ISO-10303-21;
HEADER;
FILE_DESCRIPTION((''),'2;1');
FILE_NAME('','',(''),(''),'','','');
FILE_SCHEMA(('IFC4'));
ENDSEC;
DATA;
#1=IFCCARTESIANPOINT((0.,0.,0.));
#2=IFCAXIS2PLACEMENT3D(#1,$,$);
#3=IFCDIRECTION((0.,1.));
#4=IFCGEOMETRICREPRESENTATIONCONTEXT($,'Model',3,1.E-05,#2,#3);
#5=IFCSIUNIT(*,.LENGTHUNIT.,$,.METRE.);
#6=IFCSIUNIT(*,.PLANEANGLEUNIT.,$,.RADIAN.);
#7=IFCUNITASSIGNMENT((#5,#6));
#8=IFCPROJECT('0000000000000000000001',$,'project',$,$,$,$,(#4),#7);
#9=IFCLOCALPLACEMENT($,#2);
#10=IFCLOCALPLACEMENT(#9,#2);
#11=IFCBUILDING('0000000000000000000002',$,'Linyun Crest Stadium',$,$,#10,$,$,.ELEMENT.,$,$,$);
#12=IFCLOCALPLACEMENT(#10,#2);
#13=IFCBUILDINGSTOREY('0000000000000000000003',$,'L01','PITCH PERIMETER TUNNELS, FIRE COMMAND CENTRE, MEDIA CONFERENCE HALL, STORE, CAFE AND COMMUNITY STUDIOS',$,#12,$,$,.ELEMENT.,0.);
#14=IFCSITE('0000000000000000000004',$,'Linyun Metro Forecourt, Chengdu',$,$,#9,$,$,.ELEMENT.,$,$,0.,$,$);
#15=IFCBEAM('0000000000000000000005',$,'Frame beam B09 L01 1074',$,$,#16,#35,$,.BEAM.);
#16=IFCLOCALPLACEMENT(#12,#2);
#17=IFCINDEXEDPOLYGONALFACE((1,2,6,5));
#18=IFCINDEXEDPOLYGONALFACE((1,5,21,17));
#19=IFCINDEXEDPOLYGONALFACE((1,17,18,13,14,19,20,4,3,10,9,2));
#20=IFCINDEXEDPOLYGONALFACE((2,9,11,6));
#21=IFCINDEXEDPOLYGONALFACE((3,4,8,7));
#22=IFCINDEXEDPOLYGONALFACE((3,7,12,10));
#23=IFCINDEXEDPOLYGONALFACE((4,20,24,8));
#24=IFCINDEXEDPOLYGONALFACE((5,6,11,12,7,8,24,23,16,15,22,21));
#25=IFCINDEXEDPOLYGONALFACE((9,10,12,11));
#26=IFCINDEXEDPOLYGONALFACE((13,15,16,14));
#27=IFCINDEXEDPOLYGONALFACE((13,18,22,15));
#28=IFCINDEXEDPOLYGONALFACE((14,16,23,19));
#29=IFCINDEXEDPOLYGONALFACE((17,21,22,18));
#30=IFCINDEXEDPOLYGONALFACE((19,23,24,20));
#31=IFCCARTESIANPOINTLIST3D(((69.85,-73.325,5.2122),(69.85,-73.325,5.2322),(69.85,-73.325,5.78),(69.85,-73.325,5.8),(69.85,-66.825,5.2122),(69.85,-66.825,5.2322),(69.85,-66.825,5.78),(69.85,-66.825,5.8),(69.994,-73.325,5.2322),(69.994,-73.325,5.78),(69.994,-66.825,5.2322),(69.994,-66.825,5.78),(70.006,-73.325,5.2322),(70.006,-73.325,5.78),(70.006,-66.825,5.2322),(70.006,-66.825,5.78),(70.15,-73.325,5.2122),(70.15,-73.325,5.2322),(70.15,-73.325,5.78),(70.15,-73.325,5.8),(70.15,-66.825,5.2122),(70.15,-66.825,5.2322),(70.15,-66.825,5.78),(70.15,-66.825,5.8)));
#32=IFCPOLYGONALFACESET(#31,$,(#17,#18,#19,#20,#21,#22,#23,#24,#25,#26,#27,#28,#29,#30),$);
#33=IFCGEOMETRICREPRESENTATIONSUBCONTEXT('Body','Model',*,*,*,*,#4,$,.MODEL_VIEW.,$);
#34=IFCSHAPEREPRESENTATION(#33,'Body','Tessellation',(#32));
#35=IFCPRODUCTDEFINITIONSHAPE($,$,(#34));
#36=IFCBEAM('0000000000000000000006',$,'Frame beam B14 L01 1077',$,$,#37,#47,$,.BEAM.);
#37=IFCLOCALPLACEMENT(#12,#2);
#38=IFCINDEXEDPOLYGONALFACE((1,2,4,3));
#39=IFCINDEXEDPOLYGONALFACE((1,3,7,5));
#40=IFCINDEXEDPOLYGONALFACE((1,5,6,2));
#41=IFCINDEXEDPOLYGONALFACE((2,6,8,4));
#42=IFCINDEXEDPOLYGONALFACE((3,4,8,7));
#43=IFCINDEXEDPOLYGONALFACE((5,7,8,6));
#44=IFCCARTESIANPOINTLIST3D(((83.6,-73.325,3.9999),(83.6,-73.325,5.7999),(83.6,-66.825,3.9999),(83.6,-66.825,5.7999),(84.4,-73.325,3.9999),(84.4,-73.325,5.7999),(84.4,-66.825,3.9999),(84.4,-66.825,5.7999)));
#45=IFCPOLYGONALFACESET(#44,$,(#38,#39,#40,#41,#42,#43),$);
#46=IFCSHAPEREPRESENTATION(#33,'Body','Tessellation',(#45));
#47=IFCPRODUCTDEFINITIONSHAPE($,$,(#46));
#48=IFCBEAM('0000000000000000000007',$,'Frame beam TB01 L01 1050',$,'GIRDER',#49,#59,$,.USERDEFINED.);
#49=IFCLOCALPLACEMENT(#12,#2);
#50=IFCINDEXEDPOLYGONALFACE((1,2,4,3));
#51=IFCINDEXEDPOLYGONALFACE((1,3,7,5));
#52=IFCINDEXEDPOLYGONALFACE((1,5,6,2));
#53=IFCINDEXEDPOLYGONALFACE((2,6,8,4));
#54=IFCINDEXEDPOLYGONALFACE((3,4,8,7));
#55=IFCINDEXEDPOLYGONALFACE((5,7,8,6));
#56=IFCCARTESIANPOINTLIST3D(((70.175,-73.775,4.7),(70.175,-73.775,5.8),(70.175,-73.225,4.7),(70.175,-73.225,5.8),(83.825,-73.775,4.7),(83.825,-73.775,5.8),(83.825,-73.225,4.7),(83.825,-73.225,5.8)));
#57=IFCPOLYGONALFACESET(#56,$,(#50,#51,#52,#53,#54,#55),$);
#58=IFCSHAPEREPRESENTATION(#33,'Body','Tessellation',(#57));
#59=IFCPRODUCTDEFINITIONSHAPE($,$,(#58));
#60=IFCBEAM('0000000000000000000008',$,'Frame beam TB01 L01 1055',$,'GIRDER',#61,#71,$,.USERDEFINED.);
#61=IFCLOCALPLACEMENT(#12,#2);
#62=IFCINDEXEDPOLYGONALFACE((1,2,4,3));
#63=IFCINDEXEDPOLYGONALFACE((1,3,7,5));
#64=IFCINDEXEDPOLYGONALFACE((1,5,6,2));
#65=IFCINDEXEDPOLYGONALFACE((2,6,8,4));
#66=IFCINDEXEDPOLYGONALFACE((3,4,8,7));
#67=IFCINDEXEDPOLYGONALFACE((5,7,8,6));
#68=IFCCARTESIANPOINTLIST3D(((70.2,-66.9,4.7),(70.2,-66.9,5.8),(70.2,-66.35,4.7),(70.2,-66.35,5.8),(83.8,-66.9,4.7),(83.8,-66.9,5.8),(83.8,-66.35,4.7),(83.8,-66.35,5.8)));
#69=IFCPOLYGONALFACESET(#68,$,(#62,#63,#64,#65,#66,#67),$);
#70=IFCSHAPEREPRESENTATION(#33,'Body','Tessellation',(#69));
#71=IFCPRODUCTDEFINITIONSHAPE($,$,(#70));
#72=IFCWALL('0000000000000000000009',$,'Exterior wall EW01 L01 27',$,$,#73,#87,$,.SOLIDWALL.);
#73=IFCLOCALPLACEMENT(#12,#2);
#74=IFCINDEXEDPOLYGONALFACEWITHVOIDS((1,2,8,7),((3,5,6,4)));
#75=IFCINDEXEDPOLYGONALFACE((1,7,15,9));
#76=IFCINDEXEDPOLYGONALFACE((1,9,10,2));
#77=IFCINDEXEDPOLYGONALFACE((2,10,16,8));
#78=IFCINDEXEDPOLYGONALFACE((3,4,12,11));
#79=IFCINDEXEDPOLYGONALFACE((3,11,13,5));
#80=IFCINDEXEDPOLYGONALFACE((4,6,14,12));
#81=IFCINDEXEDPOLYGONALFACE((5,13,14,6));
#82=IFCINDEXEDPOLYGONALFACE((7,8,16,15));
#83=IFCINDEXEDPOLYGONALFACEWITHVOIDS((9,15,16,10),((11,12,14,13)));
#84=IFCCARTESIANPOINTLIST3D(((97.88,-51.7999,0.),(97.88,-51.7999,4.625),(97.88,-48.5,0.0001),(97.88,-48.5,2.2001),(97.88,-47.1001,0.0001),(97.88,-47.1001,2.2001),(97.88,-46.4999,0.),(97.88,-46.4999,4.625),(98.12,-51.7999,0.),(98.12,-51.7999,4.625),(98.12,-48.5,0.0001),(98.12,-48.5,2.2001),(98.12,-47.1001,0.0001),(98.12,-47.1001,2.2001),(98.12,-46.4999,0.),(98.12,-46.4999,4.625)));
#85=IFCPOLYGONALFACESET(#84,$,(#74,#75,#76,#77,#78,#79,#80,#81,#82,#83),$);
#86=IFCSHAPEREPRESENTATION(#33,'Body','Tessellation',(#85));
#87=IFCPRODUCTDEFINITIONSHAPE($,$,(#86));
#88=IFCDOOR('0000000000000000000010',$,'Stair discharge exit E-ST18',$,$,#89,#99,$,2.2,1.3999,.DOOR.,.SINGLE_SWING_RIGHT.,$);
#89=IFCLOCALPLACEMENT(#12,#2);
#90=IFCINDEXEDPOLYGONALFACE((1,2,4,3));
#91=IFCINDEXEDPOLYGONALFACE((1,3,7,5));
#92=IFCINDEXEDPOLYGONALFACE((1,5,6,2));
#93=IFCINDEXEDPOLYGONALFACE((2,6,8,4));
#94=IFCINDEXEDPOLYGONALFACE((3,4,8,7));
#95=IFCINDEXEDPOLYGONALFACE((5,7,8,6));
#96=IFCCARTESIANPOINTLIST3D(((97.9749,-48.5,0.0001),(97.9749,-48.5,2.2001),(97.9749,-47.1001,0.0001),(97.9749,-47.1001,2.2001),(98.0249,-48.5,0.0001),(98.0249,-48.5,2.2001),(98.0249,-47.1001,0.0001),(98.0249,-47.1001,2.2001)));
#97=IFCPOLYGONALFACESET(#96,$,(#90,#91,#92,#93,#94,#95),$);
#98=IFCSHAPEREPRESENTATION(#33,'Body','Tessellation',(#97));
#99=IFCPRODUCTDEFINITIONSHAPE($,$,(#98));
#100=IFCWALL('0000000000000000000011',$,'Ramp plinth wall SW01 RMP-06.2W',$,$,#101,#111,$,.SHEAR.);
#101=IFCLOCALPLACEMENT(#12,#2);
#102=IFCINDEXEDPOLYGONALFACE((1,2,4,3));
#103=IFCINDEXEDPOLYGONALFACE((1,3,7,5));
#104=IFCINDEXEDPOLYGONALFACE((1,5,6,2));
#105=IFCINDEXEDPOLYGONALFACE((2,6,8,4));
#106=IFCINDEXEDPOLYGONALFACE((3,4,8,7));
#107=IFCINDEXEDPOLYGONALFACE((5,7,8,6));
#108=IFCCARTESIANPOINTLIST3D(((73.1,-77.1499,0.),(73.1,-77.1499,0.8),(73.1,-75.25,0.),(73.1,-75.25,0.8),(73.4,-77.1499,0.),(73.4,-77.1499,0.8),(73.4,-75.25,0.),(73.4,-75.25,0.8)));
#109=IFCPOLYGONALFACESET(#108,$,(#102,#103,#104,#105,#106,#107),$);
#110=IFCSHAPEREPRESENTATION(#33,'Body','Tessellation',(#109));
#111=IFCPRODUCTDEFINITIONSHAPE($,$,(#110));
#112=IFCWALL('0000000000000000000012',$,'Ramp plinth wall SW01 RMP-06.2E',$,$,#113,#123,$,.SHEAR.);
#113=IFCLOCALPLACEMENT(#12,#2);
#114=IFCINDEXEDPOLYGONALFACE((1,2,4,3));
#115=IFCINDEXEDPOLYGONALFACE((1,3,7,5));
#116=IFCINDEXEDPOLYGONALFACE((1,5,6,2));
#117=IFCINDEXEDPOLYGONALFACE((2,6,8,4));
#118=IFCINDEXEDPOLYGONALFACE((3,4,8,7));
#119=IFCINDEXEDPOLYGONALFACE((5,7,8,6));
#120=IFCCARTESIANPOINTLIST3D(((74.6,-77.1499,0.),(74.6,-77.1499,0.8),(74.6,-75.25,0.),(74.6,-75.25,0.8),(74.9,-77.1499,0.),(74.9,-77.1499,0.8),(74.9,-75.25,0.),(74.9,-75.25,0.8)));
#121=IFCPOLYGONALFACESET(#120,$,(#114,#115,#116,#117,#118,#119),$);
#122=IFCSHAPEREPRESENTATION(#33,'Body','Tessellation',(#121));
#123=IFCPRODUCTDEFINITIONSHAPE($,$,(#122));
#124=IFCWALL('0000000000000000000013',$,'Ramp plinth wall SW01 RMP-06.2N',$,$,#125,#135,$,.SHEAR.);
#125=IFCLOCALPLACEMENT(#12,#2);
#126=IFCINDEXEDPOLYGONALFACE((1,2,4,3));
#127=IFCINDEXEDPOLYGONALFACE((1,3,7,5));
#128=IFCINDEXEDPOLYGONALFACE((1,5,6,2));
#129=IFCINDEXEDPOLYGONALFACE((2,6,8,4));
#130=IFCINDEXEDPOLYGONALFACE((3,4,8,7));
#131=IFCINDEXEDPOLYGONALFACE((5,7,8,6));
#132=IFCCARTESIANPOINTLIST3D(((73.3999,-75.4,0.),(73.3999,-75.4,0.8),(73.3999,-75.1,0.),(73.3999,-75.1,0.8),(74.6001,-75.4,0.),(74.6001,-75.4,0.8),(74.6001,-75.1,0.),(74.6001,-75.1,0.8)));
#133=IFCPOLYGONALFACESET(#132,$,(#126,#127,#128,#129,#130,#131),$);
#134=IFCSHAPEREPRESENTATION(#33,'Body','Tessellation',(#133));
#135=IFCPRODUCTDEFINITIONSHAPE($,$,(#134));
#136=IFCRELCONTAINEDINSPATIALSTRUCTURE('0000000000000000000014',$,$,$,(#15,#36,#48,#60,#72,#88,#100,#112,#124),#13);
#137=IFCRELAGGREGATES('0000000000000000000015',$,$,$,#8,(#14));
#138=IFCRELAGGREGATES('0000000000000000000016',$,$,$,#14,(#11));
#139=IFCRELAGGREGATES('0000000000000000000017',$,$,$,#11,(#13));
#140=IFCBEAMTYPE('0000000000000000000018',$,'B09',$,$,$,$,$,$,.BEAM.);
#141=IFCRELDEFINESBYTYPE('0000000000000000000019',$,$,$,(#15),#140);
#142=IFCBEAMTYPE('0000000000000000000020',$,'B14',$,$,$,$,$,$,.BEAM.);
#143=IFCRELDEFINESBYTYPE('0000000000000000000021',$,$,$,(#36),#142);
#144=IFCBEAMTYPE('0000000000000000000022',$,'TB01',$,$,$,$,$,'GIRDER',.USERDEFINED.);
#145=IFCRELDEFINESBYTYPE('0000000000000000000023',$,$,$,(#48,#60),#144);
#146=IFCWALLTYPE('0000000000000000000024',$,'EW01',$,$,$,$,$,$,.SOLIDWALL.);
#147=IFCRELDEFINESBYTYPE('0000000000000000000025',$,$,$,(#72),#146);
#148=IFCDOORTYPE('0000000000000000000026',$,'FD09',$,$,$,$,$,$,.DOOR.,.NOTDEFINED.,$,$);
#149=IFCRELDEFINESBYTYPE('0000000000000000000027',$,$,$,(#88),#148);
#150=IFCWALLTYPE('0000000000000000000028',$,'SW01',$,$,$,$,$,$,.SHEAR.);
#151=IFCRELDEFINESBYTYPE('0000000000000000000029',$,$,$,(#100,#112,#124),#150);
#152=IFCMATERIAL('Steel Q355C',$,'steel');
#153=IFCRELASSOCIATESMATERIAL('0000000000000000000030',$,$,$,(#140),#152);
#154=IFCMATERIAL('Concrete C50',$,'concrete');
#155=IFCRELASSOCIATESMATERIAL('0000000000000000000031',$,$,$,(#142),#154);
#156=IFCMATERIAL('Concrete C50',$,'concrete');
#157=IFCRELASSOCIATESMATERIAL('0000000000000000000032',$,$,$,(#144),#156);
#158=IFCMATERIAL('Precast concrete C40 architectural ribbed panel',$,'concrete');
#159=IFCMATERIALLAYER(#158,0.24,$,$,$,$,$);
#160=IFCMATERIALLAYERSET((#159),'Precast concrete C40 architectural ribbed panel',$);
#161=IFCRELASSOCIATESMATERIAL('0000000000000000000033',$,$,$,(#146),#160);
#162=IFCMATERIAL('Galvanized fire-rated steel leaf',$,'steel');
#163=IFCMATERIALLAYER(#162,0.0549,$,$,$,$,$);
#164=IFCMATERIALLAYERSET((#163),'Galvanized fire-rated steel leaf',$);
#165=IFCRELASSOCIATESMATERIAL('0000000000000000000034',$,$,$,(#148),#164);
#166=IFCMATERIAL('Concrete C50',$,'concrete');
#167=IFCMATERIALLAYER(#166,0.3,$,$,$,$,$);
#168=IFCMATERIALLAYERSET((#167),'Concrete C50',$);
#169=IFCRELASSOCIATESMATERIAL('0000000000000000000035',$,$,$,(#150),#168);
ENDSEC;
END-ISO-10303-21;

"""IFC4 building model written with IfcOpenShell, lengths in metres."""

from ifc_helpers import new_model, si_unit, direction, frame, frame_2d, origin, origin_2d, place, context, subcontext, project, spatial, rectangle, i_section, extrude, material, layer, layer_set, material_profile, profile_set, type_object, element, fill, save


model = new_model("IFC4")

# Units and contexts
model_context = context("Model", 3, precision=1e-05, world=origin(), true_north=direction((0.0, 1.0)))
body_context = subcontext(model_context, "Body", "Model", "MODEL_VIEW")
ifc_project = project(units=[si_unit("LENGTHUNIT", "METRE"), si_unit("PLANEANGLEUNIT", "RADIAN")], contexts=[model_context])

# Site, building, storey
site_placement = place(None, origin())
site = spatial("IfcSite", under=ifc_project, at=site_placement, Name="Linyun Metro Forecourt, Chengdu", CompositionType="ELEMENT", RefElevation=0.0)
building_placement = place(site_placement, origin())
building = spatial("IfcBuilding", under=site, at=building_placement, Name="Linyun Crest Stadium", CompositionType="ELEMENT")
storey_placement = place(building_placement, origin())
storey = spatial("IfcBuildingStorey", under=building, at=storey_placement, Name="L01", Description="PITCH PERIMETER TUNNELS, FIRE COMMAND CENTRE, MEDIA CONFERENCE HALL, STORE, CAFE AND COMMUNITY STUDIOS", CompositionType="ELEMENT", Elevation=0.0)

# Beams
ifc_material_1 = material(Name="Steel Q355C", Category="steel")
ifc_material_profile_1 = material_profile(ifc_material_1, i_section(OverallWidth=0.3, OverallDepth=0.5879, WebThickness=0.012, FlangeThickness=0.02, at=origin_2d()), Name="HM 588x300")
ifc_profile_set_1 = profile_set([ifc_material_profile_1], Name="Steel Q355C")
beam_type_1 = type_object("IfcBeamType", Name="B09", PredefinedType="BEAM", material=ifc_profile_set_1)
beam_1_placement = place(storey_placement, frame((70.0, -73.325, 5.5061), z_axis=(0.0, 1.0, 0.0), x_axis=(-1.0, 0.0, 0.0)))
element("IfcBeam", 1, at=beam_1_placement, inside=storey, type_object=beam_type_1, Name="Frame beam B09 L01 1074", PredefinedType="BEAM", context=body_context, shape_type="SweptSolid", body=[
    extrude(i_section(OverallWidth=0.3, OverallDepth=0.5879, WebThickness=0.012, FlangeThickness=0.02, at=origin_2d()), origin(), (0.0, 0.0, 1.0), 6.5),
])
ifc_material_2 = material(Name="Concrete C50", Category="concrete")
ifc_material_profile_2 = material_profile(ifc_material_2, rectangle(XDim=0.8, YDim=1.8, at=origin_2d()), Name="RCB 1800x800")
ifc_profile_set_2 = profile_set([ifc_material_profile_2], Name="Concrete C50")
beam_type_2 = type_object("IfcBeamType", Name="B14", PredefinedType="BEAM", material=ifc_profile_set_2)
beam_2_placement = place(storey_placement, frame((84.0, -73.325, 4.8999), z_axis=(0.0, 1.0, 0.0), x_axis=(-1.0, 0.0, 0.0)))
element("IfcBeam", 2, at=beam_2_placement, inside=storey, type_object=beam_type_2, Name="Frame beam B14 L01 1077", PredefinedType="BEAM", context=body_context, shape_type="SweptSolid", body=[
    extrude(rectangle(XDim=0.8, YDim=1.8, at=origin_2d()), origin(), (0.0, 0.0, 1.0), 6.5),
])
ifc_material_3 = material(Name="Concrete C50", Category="concrete")
ifc_material_profile_3 = material_profile(ifc_material_3, rectangle(XDim=0.55, YDim=1.1001, at=origin_2d()), Name="RCB 1100x550")
ifc_profile_set_3 = profile_set([ifc_material_profile_3], Name="Concrete C50")
beam_type_3 = type_object("IfcBeamType", Name="TB01", ElementType="GIRDER", PredefinedType="USERDEFINED", material=ifc_profile_set_3)
beam_3_placement = place(storey_placement, frame((70.175, -73.5, 5.25), z_axis=(1.0, 0.0, 0.0), x_axis=(0.0, 1.0, 0.0)))
element("IfcBeam", 3, at=beam_3_placement, inside=storey, type_object=beam_type_3, Name="Frame beam TB01 L01 1050", ObjectType="GIRDER", PredefinedType="USERDEFINED", context=body_context, shape_type="SweptSolid", body=[
    extrude(rectangle(XDim=0.55, YDim=1.1001, at=origin_2d()), origin(), (0.0, 0.0, 1.0), 13.6499),
])
beam_4_placement = place(storey_placement, frame((70.2, -66.625, 5.25), z_axis=(1.0, 0.0, 0.0), x_axis=(0.0, 1.0, 0.0)))
element("IfcBeam", 4, at=beam_4_placement, inside=storey, type_object=beam_type_3, Name="Frame beam TB01 L01 1055", ObjectType="GIRDER", PredefinedType="USERDEFINED", context=body_context, shape_type="SweptSolid", body=[
    extrude(rectangle(XDim=0.55, YDim=1.1001, at=origin_2d()), origin(), (0.0, 0.0, 1.0), 13.6001),
])

# Wall, opening, door
ifc_material_4 = material(Name="Precast concrete C40 architectural ribbed panel", Category="concrete")
ifc_layer_1 = layer(ifc_material_4, 0.24)
ifc_layer_set_1 = layer_set([ifc_layer_1], Name="Precast concrete C40 architectural ribbed panel")
wall_type_1 = type_object("IfcWallType", Name="EW01", PredefinedType="SOLIDWALL", material=ifc_layer_set_1)
wall_1_placement = place(storey_placement, frame((98.0, -46.5, 0.0), z_axis=(0.0, 0.0, 1.0), x_axis=(0.0, -1.0, 0.0)))
wall_1 = element("IfcWall", 5, at=wall_1_placement, inside=storey, type_object=wall_type_1, Name="Exterior wall EW01 L01 27", PredefinedType="SOLIDWALL", context=body_context, shape_type="SweptSolid", body=[
    extrude(rectangle(XDim=5.3, YDim=0.24, at=frame_2d((2.6499, 0.0))), origin(), (0.0, 0.0, 1.0), 4.625),
])
opening_1_placement = place(wall_1_placement, frame((0.6001, 0.0, 0.0)))
opening_1 = element("IfcOpeningElement", 6, at=opening_1_placement, cuts=wall_1, PredefinedType="OPENING", context=body_context, shape_type="SweptSolid", body=[
    extrude(rectangle(XDim=1.3999, YDim=2.2, at=frame_2d((0.7, 1.1001))), frame((0.0, 0.1299, 0.0), z_axis=(0.0, -1.0, 0.0), x_axis=(1.0, 0.0, 0.0)), (0.0, 0.0, 1.0), 0.26),
])
ifc_material_5 = material(Name="Galvanized fire-rated steel leaf", Category="steel")
ifc_layer_2 = layer(ifc_material_5, 0.0549)
ifc_layer_set_2 = layer_set([ifc_layer_2], Name="Galvanized fire-rated steel leaf")
door_type_1 = type_object("IfcDoorType", Name="FD09", OperationType="NOTDEFINED", PredefinedType="DOOR", material=ifc_layer_set_2)
door_1_placement = place(opening_1_placement, origin())
door_1 = element("IfcDoor", 7, at=door_1_placement, inside=storey, type_object=door_type_1, Name="Stair discharge exit E-ST18", OperationType="SINGLE_SWING_RIGHT", OverallHeight=2.2, OverallWidth=1.3999, PredefinedType="DOOR", context=body_context, shape_type="SweptSolid", body=[
    extrude(rectangle(XDim=1.3999, YDim=2.2, at=frame_2d((0.7, 1.1001))), frame((0.0, 0.0249, 0.0), z_axis=(0.0, -1.0, 0.0), x_axis=(1.0, 0.0, 0.0)), (0.0, 0.0, 1.0), 0.05),
])
fill(opening_1, door_1)

# Walls
ifc_material_6 = material(Name="Concrete C50", Category="concrete")
ifc_layer_3 = layer(ifc_material_6, 0.3)
ifc_layer_set_3 = layer_set([ifc_layer_3], Name="Concrete C50")
wall_type_2 = type_object("IfcWallType", Name="SW01", PredefinedType="SHEAR", material=ifc_layer_set_3)
for number, where, z_axis, x_axis, name in (
    (8, (73.25, -77.1499, 0.0), (0.0, 0.0, 1.0), (0.0, 1.0, 0.0), "Ramp plinth wall SW01 RMP-06.2W"),
    (9, (74.75, -77.1499, 0.0), (0.0, 0.0, 1.0), (0.0, 1.0, 0.0), "Ramp plinth wall SW01 RMP-06.2E"),
):
    element("IfcWall", number, at=place(storey_placement, frame(where, z_axis=z_axis, x_axis=x_axis)), inside=storey, type_object=wall_type_2, Name=name, PredefinedType="SHEAR", context=body_context, shape_type="SweptSolid", body=[
        extrude(rectangle(XDim=1.8999, YDim=0.3, at=frame_2d((0.95, 0.0))), origin(), (0.0, 0.0, 1.0), 0.8),
    ])
wall_2_placement = place(storey_placement, frame((73.3999, -75.25, 0.0), z_axis=(0.0, 0.0, 1.0), x_axis=(1.0, 0.0, 0.0)))
element("IfcWall", 10, at=wall_2_placement, inside=storey, type_object=wall_type_2, Name="Ramp plinth wall SW01 RMP-06.2N", PredefinedType="SHEAR", context=body_context, shape_type="SweptSolid", body=[
    extrude(rectangle(XDim=1.2002, YDim=0.3, at=frame_2d((0.6001, 0.0))), origin(), (0.0, 0.0, 1.0), 0.8),
])

save(model, "model.ifc")
